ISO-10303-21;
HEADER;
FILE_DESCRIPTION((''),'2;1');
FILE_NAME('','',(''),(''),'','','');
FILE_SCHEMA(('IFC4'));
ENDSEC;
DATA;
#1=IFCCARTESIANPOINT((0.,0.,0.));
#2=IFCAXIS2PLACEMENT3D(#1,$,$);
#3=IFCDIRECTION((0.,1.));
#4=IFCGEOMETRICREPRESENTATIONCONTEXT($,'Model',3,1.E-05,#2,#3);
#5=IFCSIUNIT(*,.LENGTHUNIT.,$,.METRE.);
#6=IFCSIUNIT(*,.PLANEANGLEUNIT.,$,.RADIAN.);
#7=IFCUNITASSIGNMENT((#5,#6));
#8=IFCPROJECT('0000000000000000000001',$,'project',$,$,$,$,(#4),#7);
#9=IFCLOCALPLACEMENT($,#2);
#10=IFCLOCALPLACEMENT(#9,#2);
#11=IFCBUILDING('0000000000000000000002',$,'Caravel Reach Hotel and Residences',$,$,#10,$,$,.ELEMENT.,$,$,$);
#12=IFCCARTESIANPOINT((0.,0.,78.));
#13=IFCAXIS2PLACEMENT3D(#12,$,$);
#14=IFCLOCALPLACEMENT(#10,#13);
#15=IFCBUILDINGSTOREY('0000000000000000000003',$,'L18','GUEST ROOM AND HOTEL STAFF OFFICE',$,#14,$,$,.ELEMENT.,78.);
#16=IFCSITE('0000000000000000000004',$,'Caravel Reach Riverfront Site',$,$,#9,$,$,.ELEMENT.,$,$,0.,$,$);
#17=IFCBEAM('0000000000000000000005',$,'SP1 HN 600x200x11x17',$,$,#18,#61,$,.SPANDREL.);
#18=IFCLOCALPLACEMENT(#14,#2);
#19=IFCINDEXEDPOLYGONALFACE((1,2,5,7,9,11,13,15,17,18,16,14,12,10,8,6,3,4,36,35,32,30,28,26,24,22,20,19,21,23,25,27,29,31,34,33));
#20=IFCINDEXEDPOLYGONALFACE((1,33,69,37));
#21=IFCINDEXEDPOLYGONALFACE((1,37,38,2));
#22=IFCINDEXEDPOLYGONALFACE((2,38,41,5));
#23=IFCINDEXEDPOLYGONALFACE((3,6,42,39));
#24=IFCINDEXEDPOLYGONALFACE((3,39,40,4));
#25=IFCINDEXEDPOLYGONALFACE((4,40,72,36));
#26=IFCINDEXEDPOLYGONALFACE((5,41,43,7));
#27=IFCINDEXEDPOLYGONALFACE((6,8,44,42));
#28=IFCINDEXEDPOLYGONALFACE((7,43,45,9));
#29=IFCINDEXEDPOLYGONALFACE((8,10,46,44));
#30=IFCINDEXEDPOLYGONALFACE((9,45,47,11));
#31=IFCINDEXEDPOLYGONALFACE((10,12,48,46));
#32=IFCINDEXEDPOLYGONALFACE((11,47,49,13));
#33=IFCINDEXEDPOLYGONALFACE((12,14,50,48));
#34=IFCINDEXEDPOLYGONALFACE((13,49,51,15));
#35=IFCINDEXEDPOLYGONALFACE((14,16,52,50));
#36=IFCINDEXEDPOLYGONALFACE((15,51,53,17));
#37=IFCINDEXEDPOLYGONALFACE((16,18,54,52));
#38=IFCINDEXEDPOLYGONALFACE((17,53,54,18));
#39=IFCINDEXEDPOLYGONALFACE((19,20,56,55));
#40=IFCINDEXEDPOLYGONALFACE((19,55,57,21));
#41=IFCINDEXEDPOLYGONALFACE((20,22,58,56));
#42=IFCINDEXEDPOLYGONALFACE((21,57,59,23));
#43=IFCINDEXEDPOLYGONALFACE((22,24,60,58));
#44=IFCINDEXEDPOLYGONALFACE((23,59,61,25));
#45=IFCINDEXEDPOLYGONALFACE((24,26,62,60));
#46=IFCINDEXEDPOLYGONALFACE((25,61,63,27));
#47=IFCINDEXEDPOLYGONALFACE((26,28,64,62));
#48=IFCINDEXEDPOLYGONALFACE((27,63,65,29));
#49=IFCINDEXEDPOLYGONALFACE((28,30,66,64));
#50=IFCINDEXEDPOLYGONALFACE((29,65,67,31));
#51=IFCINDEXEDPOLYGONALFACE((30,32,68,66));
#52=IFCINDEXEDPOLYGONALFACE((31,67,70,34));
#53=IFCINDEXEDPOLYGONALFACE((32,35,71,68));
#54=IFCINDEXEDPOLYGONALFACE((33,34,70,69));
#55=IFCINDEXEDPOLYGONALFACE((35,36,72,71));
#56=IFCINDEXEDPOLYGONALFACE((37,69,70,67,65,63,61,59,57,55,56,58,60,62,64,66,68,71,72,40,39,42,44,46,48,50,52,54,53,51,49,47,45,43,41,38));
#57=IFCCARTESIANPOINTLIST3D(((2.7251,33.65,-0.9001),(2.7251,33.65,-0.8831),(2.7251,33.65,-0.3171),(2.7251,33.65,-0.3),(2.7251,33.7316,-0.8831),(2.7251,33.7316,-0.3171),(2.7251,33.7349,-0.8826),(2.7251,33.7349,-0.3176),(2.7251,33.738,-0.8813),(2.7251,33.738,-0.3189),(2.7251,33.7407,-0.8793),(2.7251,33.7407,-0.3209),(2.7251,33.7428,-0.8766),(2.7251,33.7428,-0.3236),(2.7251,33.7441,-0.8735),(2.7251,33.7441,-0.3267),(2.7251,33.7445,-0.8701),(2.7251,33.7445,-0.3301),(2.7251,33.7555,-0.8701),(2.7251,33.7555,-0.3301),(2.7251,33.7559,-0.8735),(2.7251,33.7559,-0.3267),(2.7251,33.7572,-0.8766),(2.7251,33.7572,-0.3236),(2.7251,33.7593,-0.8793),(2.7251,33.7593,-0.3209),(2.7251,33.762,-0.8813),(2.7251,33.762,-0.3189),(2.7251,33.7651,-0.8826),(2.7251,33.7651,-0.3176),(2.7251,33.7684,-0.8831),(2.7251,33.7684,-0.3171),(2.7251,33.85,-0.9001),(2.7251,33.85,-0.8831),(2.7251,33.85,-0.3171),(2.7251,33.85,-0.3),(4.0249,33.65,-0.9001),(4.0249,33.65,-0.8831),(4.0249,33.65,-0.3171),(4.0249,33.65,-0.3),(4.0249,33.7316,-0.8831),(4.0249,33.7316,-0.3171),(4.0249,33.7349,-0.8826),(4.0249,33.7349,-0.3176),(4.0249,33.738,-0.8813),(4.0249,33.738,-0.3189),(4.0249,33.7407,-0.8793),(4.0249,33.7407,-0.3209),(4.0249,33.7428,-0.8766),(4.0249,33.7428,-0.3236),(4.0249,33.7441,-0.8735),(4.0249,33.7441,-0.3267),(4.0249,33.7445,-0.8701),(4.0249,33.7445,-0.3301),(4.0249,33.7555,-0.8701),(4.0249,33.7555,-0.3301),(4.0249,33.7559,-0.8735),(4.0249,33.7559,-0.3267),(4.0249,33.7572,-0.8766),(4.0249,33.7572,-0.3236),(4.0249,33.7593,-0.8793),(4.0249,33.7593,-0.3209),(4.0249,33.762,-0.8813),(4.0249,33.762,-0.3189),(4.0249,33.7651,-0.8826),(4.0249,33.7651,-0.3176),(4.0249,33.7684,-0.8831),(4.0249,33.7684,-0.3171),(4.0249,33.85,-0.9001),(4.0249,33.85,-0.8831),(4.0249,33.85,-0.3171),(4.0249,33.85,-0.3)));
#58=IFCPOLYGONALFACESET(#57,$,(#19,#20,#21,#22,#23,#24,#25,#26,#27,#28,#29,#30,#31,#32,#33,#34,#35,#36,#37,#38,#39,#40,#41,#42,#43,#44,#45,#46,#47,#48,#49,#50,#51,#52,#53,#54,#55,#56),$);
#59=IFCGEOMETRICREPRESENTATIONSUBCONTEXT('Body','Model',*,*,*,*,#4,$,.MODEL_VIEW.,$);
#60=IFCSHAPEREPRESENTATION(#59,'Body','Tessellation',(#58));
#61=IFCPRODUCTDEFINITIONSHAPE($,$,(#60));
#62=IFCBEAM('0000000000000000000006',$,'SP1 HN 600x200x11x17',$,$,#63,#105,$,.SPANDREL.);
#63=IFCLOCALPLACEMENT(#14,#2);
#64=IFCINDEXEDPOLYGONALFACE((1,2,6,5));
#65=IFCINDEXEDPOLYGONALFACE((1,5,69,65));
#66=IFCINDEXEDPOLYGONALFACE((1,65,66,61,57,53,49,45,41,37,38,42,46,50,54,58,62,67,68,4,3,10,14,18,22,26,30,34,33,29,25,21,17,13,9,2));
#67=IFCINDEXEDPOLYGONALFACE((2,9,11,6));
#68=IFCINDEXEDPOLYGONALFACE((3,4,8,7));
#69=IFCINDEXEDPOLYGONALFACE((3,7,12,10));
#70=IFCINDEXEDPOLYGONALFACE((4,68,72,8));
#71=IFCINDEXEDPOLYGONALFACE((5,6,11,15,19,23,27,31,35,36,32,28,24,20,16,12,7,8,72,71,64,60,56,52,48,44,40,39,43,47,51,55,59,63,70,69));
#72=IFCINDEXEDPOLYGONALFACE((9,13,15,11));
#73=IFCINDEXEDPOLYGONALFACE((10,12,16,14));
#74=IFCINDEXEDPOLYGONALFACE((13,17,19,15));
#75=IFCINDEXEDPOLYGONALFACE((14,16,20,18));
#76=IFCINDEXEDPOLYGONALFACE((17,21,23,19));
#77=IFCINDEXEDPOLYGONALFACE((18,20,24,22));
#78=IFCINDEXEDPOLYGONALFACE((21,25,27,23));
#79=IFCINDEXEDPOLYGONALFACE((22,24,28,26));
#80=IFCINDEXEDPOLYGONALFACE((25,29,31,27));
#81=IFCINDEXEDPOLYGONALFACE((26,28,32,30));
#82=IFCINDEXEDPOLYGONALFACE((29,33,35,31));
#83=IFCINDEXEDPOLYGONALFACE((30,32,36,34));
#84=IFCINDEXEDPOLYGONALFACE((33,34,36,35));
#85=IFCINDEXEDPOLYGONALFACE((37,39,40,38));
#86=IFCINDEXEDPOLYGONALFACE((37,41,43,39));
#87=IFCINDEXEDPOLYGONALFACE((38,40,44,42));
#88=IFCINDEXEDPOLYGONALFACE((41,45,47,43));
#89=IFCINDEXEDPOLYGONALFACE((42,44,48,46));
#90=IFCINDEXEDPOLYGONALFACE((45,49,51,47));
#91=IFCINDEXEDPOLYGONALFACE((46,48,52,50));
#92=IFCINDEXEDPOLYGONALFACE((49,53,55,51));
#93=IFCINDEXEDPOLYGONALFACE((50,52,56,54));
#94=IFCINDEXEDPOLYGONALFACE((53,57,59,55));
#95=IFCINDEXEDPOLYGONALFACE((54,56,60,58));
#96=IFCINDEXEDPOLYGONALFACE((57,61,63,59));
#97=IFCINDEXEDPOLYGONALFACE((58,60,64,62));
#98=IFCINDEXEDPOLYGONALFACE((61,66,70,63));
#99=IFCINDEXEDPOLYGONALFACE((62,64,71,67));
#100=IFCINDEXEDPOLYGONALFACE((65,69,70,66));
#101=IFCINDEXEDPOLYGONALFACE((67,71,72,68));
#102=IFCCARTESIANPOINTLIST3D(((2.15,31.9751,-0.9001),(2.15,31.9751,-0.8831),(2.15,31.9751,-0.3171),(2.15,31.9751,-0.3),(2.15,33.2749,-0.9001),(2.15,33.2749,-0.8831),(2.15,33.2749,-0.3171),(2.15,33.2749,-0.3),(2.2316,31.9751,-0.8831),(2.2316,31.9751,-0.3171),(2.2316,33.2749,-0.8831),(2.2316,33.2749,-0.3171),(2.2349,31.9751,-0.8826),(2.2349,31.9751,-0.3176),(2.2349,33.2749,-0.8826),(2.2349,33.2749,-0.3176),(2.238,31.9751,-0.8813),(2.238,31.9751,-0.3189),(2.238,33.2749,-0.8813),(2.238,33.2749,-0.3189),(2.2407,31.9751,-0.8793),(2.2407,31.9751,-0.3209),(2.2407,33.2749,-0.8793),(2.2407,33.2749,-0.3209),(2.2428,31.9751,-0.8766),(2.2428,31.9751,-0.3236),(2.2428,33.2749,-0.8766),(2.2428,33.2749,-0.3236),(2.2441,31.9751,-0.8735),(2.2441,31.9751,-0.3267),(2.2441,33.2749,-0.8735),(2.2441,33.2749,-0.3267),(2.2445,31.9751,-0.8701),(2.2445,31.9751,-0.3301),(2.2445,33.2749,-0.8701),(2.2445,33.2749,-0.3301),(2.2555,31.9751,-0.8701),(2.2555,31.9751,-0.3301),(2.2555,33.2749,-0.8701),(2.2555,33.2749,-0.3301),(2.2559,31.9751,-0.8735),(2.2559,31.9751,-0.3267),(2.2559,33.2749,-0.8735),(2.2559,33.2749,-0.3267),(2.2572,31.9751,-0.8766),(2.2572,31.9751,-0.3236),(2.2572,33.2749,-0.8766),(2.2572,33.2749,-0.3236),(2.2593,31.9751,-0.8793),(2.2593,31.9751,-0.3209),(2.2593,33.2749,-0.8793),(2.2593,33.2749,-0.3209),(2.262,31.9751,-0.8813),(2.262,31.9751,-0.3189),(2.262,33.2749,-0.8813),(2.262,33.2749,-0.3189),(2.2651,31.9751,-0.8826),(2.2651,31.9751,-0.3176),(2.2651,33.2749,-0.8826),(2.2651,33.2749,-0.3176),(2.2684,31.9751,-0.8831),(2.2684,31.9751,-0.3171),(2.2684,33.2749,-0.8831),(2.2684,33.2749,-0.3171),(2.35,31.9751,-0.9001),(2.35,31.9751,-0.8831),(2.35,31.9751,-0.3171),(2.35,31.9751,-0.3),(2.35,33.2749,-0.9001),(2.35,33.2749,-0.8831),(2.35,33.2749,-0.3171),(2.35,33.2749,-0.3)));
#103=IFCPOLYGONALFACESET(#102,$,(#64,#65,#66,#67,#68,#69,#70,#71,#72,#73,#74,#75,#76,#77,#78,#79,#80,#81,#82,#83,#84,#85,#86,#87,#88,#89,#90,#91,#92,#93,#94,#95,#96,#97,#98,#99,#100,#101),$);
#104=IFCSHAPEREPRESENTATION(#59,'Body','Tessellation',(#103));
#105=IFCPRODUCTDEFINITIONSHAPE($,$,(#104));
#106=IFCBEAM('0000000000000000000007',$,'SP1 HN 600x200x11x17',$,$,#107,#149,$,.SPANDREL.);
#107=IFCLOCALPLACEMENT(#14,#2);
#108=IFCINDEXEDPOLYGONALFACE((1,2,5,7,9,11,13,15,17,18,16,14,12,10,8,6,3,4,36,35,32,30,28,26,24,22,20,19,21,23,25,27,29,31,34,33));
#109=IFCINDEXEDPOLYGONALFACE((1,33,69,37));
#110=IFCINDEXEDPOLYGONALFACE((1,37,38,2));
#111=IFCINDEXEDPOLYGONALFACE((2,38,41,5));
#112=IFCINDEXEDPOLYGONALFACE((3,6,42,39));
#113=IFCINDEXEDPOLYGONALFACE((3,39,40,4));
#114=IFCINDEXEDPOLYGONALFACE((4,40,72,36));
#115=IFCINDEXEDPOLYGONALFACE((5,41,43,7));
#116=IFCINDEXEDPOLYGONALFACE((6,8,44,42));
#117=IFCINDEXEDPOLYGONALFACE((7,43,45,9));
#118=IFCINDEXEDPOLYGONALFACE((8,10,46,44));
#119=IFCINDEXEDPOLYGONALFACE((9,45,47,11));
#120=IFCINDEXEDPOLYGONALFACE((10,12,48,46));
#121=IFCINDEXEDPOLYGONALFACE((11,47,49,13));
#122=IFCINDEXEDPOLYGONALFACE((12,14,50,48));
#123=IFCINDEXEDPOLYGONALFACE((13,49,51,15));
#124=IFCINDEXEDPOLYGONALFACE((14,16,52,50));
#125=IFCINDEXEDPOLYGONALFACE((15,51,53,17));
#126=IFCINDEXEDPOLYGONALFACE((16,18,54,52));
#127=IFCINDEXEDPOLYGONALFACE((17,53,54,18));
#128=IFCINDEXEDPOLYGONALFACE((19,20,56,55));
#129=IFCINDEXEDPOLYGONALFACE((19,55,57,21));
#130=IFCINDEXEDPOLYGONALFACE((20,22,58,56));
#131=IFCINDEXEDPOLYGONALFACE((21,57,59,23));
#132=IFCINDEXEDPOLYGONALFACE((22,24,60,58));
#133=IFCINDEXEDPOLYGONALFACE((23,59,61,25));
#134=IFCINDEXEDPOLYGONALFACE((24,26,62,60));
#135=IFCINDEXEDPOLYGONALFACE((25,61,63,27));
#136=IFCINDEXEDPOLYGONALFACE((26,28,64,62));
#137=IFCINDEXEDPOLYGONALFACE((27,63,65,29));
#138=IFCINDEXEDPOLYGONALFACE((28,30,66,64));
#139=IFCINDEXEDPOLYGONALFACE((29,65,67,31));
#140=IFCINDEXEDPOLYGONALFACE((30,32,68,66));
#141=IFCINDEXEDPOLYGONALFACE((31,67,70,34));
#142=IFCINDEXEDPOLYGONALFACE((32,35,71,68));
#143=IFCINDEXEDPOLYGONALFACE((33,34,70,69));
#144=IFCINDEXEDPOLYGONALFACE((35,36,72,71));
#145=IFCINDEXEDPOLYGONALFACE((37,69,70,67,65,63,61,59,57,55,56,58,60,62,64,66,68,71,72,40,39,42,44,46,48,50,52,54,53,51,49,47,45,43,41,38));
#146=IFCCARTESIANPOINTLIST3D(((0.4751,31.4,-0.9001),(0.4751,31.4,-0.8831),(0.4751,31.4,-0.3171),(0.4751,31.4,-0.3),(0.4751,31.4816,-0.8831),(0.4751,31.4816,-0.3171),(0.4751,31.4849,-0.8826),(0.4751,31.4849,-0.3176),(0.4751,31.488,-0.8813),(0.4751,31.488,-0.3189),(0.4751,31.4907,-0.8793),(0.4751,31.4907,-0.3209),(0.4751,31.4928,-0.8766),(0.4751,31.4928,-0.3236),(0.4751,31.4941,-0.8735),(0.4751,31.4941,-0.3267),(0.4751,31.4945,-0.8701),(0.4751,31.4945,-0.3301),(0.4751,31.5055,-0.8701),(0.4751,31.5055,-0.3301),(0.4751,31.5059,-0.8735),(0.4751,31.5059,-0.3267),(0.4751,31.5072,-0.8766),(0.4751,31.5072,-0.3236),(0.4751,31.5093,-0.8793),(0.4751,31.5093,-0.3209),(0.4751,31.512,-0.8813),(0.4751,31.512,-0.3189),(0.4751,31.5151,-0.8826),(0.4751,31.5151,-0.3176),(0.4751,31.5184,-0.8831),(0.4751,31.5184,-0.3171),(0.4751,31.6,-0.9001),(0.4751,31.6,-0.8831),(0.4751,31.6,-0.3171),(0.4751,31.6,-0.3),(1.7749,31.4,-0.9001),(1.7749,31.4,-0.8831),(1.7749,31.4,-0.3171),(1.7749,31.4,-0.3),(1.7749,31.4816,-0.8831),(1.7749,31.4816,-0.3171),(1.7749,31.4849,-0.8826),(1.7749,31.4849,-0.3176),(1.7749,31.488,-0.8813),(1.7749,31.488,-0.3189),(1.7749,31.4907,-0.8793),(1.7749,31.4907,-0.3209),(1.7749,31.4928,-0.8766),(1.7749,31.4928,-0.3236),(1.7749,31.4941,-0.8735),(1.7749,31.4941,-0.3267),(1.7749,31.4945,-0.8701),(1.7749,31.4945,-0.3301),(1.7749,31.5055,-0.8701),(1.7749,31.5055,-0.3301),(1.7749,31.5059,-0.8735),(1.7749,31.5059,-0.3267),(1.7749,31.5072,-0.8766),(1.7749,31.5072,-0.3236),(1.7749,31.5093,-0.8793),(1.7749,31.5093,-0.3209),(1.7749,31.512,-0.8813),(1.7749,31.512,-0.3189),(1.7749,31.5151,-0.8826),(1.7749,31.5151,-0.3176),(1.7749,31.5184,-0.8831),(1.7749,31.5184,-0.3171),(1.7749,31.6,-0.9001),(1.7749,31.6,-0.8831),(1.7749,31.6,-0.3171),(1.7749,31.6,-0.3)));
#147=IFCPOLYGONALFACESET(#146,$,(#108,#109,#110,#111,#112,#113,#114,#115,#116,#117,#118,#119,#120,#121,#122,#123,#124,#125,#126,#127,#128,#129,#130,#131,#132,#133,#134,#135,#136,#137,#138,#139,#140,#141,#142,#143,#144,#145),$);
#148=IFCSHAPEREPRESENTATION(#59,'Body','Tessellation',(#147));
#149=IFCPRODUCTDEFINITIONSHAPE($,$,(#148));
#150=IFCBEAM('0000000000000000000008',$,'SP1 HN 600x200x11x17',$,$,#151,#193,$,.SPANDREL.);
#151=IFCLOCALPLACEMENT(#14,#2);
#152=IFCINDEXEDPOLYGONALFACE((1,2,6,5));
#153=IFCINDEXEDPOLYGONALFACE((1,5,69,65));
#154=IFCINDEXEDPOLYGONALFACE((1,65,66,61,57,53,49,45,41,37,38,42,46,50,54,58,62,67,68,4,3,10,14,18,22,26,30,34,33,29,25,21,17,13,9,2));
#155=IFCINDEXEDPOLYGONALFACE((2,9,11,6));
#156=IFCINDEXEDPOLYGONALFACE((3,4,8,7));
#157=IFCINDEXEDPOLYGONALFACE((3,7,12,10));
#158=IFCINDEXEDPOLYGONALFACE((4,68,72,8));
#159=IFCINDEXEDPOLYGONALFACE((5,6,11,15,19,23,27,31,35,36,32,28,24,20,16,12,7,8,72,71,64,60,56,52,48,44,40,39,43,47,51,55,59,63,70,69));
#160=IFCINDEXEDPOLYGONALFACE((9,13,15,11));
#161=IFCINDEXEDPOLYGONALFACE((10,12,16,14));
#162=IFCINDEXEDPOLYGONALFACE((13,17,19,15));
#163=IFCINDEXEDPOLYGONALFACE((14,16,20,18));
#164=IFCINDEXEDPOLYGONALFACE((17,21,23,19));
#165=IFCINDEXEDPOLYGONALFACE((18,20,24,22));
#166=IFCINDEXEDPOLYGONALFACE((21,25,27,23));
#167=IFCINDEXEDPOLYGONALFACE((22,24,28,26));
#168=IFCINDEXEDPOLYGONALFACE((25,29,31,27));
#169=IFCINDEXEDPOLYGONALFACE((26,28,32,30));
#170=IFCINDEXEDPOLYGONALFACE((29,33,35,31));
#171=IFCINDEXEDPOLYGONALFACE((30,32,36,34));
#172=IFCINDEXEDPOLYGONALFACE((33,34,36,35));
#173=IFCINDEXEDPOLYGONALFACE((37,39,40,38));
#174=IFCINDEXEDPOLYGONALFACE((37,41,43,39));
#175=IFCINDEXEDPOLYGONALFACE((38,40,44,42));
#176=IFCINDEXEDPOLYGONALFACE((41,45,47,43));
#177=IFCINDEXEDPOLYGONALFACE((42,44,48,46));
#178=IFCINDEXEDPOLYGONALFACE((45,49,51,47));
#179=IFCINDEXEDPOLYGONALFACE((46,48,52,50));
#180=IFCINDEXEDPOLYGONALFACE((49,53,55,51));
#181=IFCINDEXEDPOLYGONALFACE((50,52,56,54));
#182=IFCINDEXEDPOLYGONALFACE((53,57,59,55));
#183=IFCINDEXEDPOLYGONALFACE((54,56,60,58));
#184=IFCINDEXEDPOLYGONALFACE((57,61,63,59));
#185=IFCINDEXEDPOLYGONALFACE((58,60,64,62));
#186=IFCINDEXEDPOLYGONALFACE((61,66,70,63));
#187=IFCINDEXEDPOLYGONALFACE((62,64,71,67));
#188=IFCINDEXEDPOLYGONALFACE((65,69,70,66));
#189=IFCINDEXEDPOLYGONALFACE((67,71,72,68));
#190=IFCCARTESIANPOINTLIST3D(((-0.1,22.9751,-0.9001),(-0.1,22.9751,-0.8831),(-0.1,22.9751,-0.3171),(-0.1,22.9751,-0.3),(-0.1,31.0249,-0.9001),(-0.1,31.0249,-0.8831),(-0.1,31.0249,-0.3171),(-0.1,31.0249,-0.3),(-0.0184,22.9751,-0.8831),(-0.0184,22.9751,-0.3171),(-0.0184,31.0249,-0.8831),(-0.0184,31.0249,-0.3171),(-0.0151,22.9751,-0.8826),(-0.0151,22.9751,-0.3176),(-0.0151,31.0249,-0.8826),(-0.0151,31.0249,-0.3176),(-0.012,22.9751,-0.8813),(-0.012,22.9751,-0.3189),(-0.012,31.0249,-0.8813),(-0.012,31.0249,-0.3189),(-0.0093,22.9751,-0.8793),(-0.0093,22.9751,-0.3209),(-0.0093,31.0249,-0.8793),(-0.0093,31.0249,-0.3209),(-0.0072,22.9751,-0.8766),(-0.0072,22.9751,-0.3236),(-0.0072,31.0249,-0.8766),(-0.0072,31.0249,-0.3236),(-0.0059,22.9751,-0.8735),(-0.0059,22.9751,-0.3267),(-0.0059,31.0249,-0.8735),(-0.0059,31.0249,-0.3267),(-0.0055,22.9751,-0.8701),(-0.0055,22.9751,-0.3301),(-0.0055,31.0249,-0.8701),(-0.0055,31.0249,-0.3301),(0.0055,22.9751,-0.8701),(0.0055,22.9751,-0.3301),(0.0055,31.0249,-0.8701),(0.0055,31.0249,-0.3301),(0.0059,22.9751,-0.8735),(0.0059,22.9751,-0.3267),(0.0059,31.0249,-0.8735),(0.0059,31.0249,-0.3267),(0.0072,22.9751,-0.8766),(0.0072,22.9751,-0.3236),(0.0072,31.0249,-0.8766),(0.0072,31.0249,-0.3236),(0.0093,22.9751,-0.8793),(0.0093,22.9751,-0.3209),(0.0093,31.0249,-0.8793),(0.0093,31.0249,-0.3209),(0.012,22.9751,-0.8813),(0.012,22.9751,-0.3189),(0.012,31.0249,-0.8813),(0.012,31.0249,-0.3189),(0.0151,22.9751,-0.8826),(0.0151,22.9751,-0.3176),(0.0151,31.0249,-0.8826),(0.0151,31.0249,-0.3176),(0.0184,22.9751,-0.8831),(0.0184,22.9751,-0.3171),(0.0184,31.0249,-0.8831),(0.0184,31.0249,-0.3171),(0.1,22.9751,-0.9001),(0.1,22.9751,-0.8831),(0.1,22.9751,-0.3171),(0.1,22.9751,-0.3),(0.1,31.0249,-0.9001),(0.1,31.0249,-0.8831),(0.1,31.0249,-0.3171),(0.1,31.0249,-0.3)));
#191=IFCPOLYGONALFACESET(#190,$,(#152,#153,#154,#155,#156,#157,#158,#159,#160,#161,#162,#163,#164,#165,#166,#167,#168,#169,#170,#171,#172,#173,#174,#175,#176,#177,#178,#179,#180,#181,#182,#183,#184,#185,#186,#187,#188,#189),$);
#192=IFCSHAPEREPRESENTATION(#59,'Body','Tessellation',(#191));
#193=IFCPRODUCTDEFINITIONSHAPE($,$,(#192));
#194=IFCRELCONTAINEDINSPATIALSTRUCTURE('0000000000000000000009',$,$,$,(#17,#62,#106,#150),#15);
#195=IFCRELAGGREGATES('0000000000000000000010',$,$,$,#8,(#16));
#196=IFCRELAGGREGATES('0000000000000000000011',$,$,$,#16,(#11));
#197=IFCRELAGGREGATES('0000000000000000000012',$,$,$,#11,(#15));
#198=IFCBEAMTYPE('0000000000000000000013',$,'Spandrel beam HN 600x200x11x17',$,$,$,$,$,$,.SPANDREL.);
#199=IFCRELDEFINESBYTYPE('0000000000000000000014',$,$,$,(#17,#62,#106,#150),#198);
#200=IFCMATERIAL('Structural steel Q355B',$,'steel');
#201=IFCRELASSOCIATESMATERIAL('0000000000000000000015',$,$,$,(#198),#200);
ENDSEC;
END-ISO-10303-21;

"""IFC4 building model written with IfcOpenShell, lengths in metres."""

from ifc_helpers import new_model, si_unit, direction, frame, origin, origin_2d, place, context, subcontext, project, spatial, i_section, extrude, material, material_profile, profile_set, type_object, element, save


model = new_model("IFC4")

# Units and contexts
model_context = context("Model", 3, precision=1e-05, world=origin(), true_north=direction((0.0, 1.0)))
body_context = subcontext(model_context, "Body", "Model", "MODEL_VIEW")
ifc_project = project(units=[si_unit("LENGTHUNIT", "METRE"), si_unit("PLANEANGLEUNIT", "RADIAN")], contexts=[model_context])

# Site, building, storey
site_placement = place(None, origin())
site = spatial("IfcSite", under=ifc_project, at=site_placement, Name="Caravel Reach Riverfront Site", CompositionType="ELEMENT", RefElevation=0.0)
building_placement = place(site_placement, origin())
building = spatial("IfcBuilding", under=site, at=building_placement, Name="Caravel Reach Hotel and Residences", CompositionType="ELEMENT")
storey_placement = place(building_placement, frame((0.0, 0.0, 78.0)))
storey = spatial("IfcBuildingStorey", under=building, at=storey_placement, Name="L18", Description="GUEST ROOM AND HOTEL STAFF OFFICE", CompositionType="ELEMENT", Elevation=78.0)

# Beams
ifc_material_1 = material(Name="Structural steel Q355B", Category="steel")
ifc_material_profile_1 = material_profile(ifc_material_1, i_section(OverallWidth=0.2, OverallDepth=0.6001, WebThickness=0.011, FlangeThickness=0.0171, FilletRadius=0.0129, at=origin_2d()), Name="HN 600x200x11x17")
ifc_profile_set_1 = profile_set([ifc_material_profile_1], Name="Structural steel Q355B")
beam_type = type_object("IfcBeamType", Name="Spandrel beam HN 600x200x11x17", PredefinedType="SPANDREL", material=ifc_profile_set_1)
for number, where, z_axis, x_axis, name in (
    (1, (4.0249, 33.75, -0.6001), (-1.0, 0.0, 0.0), (0.0, -1.0, 0.0), "SP1 HN 600x200x11x17"),
    (2, (2.25, 33.2749, -0.6001), (0.0, -1.0, 0.0), (1.0, 0.0, 0.0), "SP1 HN 600x200x11x17"),
    (3, (1.7749, 31.5, -0.6001), (-1.0, 0.0, 0.0), (0.0, -1.0, 0.0), "SP1 HN 600x200x11x17"),
):
    element("IfcBeam", number, at=place(storey_placement, frame(where, z_axis=z_axis, x_axis=x_axis)), inside=storey, type_object=beam_type, Name=name, PredefinedType="SPANDREL", context=body_context, shape_type="SweptSolid", body=[
        extrude(i_section(OverallWidth=0.2, OverallDepth=0.6001, WebThickness=0.011, FlangeThickness=0.0171, FilletRadius=0.0129, at=origin_2d()), origin(), (0.0, 0.0, 1.0), 1.2998),
    ])
beam_1_placement = place(storey_placement, frame((0.0, 31.0249, -0.6001), z_axis=(0.0, -1.0, 0.0), x_axis=(1.0, 0.0, 0.0)))
element("IfcBeam", 4, at=beam_1_placement, inside=storey, type_object=beam_type, Name="SP1 HN 600x200x11x17", PredefinedType="SPANDREL", context=body_context, shape_type="SweptSolid", body=[
    extrude(i_section(OverallWidth=0.2, OverallDepth=0.6001, WebThickness=0.011, FlangeThickness=0.0171, FilletRadius=0.0129, at=origin_2d()), origin(), (0.0, 0.0, 1.0), 8.0498),
])

save(model, "model.ifc")
